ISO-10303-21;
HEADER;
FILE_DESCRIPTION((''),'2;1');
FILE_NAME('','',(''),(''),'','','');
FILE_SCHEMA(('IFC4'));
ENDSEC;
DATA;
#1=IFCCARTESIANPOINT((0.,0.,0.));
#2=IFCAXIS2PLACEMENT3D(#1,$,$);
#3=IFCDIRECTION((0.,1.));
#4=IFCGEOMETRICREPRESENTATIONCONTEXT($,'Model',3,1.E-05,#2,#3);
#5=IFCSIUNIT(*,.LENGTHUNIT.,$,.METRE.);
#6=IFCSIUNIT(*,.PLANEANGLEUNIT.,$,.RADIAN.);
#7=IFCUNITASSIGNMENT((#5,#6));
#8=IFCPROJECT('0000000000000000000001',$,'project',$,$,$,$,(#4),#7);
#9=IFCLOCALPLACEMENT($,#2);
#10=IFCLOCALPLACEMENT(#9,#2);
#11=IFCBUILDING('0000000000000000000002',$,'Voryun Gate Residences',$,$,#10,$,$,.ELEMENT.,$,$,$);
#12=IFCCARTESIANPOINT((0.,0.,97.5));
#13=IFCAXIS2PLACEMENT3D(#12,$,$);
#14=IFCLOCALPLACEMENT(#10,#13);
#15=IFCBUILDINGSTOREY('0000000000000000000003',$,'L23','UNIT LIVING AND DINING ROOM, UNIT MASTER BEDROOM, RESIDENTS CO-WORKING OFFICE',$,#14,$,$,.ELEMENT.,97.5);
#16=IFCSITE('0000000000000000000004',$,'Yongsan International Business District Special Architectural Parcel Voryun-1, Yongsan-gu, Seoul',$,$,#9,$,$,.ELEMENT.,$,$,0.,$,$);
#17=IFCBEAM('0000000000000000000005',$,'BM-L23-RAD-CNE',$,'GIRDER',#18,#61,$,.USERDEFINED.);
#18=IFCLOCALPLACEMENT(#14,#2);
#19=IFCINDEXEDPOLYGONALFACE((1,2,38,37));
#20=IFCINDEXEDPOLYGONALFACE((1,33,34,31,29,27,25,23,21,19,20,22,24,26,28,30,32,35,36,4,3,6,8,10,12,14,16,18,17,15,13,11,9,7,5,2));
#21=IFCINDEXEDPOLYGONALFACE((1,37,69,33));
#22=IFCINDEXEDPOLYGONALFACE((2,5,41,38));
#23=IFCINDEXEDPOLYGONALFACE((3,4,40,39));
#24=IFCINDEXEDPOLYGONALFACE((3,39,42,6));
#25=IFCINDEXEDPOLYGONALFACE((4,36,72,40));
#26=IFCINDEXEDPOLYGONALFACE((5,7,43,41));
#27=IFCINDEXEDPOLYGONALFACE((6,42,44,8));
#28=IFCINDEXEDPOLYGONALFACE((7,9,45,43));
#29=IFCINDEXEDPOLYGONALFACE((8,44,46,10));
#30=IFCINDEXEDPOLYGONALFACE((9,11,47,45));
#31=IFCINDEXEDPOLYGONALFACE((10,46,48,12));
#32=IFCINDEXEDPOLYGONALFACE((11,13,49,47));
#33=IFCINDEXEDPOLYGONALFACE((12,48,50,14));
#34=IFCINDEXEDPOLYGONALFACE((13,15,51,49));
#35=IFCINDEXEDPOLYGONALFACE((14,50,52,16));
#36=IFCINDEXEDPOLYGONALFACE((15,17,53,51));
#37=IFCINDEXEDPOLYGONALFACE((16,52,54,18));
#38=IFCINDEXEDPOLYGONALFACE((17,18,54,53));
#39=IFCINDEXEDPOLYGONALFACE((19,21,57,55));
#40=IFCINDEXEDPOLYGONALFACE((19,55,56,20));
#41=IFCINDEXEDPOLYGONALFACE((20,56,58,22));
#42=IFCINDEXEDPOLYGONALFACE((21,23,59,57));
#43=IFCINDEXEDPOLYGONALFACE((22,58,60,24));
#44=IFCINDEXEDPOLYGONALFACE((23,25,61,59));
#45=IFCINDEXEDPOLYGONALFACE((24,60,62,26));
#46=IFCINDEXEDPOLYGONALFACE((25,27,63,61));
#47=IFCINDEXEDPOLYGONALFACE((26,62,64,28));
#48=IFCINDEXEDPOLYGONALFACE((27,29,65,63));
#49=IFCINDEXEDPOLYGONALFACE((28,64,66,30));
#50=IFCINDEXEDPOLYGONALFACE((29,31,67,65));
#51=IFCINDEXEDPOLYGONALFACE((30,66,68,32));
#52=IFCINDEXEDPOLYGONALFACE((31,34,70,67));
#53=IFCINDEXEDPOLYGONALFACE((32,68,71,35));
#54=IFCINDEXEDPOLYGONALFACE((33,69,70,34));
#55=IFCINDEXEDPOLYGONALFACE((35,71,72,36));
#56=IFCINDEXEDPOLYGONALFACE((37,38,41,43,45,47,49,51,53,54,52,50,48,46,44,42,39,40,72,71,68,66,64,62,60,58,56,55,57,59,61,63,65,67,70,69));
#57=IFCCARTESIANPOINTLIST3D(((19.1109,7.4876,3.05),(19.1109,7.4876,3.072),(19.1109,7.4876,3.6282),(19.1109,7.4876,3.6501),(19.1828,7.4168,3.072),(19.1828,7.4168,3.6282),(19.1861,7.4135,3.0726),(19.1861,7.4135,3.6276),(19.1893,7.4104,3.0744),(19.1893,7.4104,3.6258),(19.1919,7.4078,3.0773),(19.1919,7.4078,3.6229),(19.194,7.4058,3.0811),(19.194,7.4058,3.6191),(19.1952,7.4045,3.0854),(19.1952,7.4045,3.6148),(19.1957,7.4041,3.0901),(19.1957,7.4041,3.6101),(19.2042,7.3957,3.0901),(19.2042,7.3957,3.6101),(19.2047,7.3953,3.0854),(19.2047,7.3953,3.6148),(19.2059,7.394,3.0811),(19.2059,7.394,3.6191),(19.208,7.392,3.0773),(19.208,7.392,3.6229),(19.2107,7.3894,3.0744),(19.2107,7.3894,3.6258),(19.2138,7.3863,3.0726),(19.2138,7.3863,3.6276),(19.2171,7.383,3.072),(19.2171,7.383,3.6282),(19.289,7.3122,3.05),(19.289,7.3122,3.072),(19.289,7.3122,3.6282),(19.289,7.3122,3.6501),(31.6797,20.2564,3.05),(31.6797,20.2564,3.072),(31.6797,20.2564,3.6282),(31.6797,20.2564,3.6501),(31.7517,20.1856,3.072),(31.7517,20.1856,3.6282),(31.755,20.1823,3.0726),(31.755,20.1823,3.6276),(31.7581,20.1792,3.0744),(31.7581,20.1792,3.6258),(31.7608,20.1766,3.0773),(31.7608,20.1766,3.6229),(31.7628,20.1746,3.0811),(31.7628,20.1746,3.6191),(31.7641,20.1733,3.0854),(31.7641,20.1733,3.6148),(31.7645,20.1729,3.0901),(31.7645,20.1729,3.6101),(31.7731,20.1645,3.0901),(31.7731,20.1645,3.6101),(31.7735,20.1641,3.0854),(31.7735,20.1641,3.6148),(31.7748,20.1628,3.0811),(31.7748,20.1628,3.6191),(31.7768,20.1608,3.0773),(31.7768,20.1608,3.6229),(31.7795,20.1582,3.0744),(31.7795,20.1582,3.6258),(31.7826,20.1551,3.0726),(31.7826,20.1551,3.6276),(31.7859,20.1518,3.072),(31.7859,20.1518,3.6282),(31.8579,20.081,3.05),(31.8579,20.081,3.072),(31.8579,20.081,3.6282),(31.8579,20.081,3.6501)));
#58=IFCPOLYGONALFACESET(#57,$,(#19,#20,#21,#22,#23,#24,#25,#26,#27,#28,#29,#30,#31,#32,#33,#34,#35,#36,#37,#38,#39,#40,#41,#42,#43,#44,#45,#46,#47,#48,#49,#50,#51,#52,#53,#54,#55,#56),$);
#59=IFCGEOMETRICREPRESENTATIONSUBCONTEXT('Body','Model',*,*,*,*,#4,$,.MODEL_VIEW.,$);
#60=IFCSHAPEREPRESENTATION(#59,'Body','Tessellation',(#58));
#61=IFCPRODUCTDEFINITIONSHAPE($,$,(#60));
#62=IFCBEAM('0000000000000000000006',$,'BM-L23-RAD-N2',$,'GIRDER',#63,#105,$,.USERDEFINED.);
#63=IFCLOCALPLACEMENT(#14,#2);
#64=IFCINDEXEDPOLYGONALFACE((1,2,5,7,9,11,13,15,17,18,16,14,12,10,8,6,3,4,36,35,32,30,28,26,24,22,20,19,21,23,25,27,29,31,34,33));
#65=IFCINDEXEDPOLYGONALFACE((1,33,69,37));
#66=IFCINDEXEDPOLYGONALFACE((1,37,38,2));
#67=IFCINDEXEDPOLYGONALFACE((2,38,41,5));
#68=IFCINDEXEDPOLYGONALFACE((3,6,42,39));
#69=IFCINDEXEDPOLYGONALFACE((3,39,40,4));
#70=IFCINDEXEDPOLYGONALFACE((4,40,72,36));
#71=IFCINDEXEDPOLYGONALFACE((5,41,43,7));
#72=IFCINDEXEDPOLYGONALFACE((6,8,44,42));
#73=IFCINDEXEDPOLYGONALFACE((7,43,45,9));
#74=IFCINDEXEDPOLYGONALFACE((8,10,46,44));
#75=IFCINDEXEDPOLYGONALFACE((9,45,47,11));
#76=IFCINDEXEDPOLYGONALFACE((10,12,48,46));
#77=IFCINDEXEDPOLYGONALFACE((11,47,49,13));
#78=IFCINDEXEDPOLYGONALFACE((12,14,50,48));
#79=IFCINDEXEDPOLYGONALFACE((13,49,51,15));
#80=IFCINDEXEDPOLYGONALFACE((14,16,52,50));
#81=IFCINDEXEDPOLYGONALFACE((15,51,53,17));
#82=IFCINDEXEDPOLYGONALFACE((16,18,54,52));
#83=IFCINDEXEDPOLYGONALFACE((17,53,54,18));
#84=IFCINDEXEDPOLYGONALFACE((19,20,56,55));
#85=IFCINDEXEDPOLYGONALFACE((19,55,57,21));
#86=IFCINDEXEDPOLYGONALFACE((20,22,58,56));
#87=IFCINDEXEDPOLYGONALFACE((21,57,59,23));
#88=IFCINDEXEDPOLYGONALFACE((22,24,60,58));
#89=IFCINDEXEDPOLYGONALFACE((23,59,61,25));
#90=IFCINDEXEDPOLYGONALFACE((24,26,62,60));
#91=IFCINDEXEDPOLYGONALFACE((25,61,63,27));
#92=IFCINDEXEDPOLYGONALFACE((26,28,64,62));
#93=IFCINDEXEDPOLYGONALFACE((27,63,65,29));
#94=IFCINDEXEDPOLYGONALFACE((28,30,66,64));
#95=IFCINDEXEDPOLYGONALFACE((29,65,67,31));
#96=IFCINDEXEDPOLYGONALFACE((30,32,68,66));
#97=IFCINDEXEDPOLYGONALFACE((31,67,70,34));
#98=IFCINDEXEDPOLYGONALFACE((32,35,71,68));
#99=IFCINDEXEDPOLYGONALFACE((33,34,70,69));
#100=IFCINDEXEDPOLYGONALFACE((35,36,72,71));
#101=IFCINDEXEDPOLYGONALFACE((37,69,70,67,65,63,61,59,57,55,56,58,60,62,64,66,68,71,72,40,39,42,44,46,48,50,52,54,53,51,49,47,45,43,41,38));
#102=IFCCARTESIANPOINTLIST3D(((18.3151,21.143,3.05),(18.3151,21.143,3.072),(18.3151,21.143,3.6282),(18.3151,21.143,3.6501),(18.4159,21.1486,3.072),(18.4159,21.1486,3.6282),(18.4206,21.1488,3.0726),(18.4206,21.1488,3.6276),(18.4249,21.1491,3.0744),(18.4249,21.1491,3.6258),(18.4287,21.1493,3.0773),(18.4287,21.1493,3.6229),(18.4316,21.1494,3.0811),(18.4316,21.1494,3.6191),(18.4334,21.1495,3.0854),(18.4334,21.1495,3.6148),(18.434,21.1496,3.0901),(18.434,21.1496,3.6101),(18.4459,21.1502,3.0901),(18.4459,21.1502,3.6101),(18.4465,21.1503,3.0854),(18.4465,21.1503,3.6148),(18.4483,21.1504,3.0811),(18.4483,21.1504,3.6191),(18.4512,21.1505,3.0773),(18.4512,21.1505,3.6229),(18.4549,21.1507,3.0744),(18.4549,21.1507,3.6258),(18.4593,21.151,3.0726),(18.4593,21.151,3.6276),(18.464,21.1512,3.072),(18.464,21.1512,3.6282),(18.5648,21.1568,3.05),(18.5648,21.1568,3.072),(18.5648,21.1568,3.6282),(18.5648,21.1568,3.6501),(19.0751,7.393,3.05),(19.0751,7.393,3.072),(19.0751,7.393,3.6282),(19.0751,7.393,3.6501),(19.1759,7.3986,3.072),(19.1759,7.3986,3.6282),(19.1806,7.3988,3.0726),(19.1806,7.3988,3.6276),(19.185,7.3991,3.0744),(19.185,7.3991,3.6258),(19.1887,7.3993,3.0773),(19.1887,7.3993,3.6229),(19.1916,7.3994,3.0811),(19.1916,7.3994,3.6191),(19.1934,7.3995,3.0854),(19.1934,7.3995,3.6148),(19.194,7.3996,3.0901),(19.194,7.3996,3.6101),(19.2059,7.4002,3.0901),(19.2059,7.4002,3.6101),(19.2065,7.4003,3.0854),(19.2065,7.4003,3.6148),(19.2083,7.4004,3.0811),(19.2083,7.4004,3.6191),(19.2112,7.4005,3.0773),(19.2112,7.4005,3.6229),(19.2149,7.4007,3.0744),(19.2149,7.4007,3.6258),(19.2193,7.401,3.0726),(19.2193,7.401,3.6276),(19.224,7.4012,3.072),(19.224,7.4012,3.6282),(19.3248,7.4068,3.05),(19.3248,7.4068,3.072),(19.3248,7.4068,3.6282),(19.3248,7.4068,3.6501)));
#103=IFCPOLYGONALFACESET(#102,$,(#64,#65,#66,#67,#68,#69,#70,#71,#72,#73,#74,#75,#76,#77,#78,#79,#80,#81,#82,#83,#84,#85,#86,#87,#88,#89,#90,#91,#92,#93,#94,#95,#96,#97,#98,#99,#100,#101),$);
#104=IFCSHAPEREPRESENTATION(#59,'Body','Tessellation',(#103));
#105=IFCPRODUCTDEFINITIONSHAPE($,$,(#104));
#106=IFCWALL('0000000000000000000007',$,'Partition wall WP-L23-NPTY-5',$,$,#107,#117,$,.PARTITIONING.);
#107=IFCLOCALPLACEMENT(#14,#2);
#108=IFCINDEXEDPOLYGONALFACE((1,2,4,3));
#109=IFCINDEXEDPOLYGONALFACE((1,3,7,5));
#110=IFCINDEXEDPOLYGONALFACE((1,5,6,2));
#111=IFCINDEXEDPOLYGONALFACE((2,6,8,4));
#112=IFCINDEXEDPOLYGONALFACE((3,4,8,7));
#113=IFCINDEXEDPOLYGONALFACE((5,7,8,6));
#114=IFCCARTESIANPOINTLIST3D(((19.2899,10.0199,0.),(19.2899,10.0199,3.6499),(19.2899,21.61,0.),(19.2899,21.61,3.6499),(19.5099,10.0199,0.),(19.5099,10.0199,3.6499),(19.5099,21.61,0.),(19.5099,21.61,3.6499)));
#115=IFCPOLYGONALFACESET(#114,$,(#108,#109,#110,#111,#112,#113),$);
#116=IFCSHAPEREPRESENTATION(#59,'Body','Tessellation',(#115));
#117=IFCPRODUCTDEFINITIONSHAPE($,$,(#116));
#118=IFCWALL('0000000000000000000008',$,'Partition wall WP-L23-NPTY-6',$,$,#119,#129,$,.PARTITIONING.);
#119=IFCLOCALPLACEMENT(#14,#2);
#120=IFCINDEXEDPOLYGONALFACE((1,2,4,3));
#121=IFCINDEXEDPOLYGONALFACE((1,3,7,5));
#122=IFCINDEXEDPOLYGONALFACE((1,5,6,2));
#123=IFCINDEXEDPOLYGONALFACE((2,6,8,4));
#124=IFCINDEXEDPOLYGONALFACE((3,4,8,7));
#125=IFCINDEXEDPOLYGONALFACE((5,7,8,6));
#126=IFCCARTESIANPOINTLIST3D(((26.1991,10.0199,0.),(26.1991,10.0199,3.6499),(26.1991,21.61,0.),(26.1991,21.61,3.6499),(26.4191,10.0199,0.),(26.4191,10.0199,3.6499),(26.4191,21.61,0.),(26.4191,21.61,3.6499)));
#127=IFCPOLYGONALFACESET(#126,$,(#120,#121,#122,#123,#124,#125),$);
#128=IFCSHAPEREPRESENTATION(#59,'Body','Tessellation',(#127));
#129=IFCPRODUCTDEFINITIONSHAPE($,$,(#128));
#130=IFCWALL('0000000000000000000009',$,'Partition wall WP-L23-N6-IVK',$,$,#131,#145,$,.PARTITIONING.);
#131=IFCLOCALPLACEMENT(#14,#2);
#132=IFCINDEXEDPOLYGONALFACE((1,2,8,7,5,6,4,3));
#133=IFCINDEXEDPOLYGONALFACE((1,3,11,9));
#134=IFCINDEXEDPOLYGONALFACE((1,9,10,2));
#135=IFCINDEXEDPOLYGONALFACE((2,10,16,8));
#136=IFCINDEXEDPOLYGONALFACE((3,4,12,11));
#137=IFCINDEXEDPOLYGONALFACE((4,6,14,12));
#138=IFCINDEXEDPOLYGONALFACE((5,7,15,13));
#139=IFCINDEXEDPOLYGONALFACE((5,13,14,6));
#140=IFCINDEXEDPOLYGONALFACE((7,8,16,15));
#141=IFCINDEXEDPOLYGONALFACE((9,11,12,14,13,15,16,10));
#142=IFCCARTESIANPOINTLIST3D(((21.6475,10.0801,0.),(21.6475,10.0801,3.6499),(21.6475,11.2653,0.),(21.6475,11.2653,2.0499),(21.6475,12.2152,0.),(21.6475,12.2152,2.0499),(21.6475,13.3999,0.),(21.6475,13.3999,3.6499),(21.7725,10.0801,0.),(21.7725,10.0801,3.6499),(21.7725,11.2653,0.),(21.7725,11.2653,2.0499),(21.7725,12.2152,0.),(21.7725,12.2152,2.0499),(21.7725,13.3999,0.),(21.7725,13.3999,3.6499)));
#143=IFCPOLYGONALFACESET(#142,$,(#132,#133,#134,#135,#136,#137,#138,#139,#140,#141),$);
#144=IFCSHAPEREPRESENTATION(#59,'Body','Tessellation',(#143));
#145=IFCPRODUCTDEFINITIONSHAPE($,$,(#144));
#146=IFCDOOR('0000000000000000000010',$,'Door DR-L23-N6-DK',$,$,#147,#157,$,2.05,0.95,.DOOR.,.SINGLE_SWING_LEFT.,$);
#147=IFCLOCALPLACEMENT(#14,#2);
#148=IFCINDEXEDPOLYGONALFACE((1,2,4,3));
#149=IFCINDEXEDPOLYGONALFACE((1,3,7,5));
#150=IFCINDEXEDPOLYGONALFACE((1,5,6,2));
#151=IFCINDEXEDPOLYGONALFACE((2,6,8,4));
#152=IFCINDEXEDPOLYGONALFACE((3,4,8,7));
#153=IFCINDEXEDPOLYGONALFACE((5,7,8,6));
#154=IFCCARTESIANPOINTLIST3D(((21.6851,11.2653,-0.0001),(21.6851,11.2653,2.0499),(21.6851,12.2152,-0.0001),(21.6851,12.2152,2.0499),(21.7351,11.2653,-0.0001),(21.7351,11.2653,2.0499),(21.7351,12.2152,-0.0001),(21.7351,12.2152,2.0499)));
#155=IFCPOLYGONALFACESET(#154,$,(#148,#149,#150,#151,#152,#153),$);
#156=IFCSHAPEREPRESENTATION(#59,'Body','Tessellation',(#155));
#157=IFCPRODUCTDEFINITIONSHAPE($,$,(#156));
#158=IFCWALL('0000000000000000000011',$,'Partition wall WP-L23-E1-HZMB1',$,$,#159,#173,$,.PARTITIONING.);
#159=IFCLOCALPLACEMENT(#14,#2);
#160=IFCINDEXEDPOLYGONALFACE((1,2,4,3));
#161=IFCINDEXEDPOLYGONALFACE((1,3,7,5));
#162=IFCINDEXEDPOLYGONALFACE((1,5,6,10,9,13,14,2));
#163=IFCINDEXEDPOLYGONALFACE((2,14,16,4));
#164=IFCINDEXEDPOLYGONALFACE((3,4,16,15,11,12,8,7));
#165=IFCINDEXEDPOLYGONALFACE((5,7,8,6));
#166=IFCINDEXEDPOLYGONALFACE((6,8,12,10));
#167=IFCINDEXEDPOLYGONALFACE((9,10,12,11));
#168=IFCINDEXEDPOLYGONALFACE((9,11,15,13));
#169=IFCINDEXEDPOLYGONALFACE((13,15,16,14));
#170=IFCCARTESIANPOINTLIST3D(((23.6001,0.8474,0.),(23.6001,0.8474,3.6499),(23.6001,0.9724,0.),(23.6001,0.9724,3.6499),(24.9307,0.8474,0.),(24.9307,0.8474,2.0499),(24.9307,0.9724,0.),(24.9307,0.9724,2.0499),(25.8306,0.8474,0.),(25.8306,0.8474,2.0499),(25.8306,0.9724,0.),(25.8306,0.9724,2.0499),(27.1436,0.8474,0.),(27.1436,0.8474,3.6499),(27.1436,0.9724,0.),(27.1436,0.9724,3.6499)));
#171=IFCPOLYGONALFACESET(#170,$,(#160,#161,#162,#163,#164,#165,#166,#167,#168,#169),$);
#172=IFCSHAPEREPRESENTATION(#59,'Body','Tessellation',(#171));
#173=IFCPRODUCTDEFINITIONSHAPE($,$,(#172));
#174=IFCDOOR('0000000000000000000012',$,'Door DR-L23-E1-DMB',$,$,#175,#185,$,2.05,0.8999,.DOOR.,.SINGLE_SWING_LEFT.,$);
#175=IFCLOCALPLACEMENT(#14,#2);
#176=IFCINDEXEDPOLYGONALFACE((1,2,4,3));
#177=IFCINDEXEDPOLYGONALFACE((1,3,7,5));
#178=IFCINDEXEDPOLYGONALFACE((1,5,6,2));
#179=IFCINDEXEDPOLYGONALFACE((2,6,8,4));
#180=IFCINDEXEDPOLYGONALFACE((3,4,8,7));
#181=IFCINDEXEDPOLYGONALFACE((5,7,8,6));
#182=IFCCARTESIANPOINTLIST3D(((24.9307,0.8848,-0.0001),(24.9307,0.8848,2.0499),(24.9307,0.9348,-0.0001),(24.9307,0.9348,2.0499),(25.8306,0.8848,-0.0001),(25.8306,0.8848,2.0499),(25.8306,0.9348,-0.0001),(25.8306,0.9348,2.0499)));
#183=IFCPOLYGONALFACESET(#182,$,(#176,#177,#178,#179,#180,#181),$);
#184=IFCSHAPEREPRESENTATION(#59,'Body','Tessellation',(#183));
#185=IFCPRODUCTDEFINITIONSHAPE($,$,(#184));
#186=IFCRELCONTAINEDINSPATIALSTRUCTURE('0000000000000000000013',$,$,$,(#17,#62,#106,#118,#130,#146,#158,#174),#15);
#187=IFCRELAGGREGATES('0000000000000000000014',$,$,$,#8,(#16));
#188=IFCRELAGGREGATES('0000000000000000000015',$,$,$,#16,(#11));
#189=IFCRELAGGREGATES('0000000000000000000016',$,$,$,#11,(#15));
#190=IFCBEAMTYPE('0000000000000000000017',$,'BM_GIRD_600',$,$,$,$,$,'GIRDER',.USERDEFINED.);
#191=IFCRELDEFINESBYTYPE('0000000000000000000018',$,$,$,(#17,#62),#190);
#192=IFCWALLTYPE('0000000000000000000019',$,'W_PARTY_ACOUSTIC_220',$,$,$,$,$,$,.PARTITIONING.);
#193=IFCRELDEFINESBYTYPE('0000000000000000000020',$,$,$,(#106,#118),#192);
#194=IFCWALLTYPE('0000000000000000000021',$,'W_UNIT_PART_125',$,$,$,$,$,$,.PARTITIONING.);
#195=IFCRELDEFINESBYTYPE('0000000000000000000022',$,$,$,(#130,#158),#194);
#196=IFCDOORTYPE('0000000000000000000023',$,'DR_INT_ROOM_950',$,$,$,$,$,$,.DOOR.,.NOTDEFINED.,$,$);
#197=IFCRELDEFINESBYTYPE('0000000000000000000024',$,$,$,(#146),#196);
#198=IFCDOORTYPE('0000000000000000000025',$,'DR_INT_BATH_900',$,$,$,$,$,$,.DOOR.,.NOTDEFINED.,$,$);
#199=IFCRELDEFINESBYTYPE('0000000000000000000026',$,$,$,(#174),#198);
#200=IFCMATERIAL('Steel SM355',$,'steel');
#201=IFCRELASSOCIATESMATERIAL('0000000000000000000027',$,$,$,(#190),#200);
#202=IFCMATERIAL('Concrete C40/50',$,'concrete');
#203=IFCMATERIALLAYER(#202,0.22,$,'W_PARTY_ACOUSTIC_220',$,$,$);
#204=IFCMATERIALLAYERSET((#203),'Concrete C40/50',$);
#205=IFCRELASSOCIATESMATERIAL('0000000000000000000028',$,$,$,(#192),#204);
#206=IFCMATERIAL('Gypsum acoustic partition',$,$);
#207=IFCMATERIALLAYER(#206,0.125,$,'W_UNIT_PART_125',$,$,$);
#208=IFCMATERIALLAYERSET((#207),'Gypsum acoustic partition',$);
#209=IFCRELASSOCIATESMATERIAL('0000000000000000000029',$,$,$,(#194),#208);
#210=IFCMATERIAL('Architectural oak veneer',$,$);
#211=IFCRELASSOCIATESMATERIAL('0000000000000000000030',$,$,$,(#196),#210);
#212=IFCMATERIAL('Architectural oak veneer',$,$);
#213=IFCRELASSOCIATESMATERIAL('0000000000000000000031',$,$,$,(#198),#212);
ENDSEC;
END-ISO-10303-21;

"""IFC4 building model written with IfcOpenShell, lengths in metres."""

from ifc_helpers import new_model, si_unit, direction, frame, frame_2d, origin, origin_2d, place, context, subcontext, project, spatial, rectangle, i_section, extrude, material, layer, layer_set, material_profile, profile_set, type_object, element, fill, save


model = new_model("IFC4")

# Units and contexts
model_context = context("Model", 3, precision=1e-05, world=origin(), true_north=direction((0.0, 1.0)))
body_context = subcontext(model_context, "Body", "Model", "MODEL_VIEW")
ifc_project = project(units=[si_unit("LENGTHUNIT", "METRE"), si_unit("PLANEANGLEUNIT", "RADIAN")], contexts=[model_context])

# Site, building, storey
site_placement = place(None, origin())
site = spatial("IfcSite", under=ifc_project, at=site_placement, Name="Yongsan International Business District Special Architectural Parcel Voryun-1, Yongsan-gu, Seoul", CompositionType="ELEMENT", RefElevation=0.0)
building_placement = place(site_placement, origin())
building = spatial("IfcBuilding", under=site, at=building_placement, Name="Voryun Gate Residences", CompositionType="ELEMENT")
storey_placement = place(building_placement, frame((0.0, 0.0, 97.5)))
storey = spatial("IfcBuildingStorey", under=building, at=storey_placement, Name="L23", Description="UNIT LIVING AND DINING ROOM, UNIT MASTER BEDROOM, RESIDENTS CO-WORKING OFFICE", CompositionType="ELEMENT", Elevation=97.5)

# Beams
ifc_material_1 = material(Name="Steel SM355", Category="steel")
ifc_material_profile_1 = material_profile(ifc_material_1, i_section(OverallWidth=0.25, OverallDepth=0.6001, WebThickness=0.012, FlangeThickness=0.022, FilletRadius=0.0181, at=origin_2d()), Name="H-600x250x12x22")
ifc_profile_set_1 = profile_set([ifc_material_profile_1], Name="Steel SM355")
beam_type_1 = type_object("IfcBeamType", Name="BM_GIRD_600", ElementType="GIRDER", PredefinedType="USERDEFINED", material=ifc_profile_set_1)
beam_1_placement = place(storey_placement, frame((19.2, 7.3999, 3.3501), z_axis=(0.701505, 0.712665, 0.0), x_axis=(-0.712665, 0.701505, 0.0)))
element("IfcBeam", 1, at=beam_1_placement, inside=storey, type_object=beam_type_1, Name="BM-L23-RAD-CNE", ObjectType="GIRDER", PredefinedType="USERDEFINED", context=body_context, shape_type="SweptSolid", body=[
    extrude(i_section(OverallWidth=0.25, OverallDepth=0.6001, WebThickness=0.012, FlangeThickness=0.022, FilletRadius=0.0181, at=origin_2d()), origin(), (0.0, 0.0, 1.0), 17.917),
])
beam_2_placement = place(storey_placement, frame((19.2, 7.3999, 3.3501), z_axis=(-0.055189, 0.998476, 0.0), x_axis=(-0.998476, -0.055189, 0.0)))
element("IfcBeam", 2, at=beam_2_placement, inside=storey, type_object=beam_type_1, Name="BM-L23-RAD-N2", ObjectType="GIRDER", PredefinedType="USERDEFINED", context=body_context, shape_type="SweptSolid", body=[
    extrude(i_section(OverallWidth=0.25, OverallDepth=0.6001, WebThickness=0.012, FlangeThickness=0.022, FilletRadius=0.0181, at=origin_2d()), origin(), (0.0, 0.0, 1.0), 13.771),
])

# Walls
ifc_material_2 = material(Name="Concrete C40/50", Category="concrete")
ifc_layer_1 = layer(ifc_material_2, 0.22, Name="W_PARTY_ACOUSTIC_220")
ifc_layer_set_1 = layer_set([ifc_layer_1], Name="Concrete C40/50")
wall_type_1 = type_object("IfcWallType", Name="W_PARTY_ACOUSTIC_220", PredefinedType="PARTITIONING", material=ifc_layer_set_1)
for number, where, z_axis, x_axis, name in (
    (3, (19.3999, 10.02, 0.0), (0.0, 0.0, 1.0), (0.0, 1.0, 0.0), "Partition wall WP-L23-NPTY-5"),
    (4, (26.3091, 10.02, 0.0), (0.0, 0.0, 1.0), (0.0, 1.0, 0.0), "Partition wall WP-L23-NPTY-6"),
):
    element("IfcWall", number, at=place(storey_placement, frame(where, z_axis=z_axis, x_axis=x_axis)), inside=storey, type_object=wall_type_1, Name=name, PredefinedType="PARTITIONING", context=body_context, shape_type="SweptSolid", body=[
        extrude(rectangle(XDim=11.5901, YDim=0.22, at=frame_2d((5.7949, 0.0))), origin(), (0.0, 0.0, 1.0), 3.6499),
    ])

# Walls, openings, doors
ifc_material_3 = material(Name="Gypsum acoustic partition")
ifc_layer_2 = layer(ifc_material_3, 0.125, Name="W_UNIT_PART_125")
ifc_layer_set_2 = layer_set([ifc_layer_2], Name="Gypsum acoustic partition")
wall_type_2 = type_object("IfcWallType", Name="W_UNIT_PART_125", PredefinedType="PARTITIONING", material=ifc_layer_set_2)
wall_1_placement = place(storey_placement, frame((21.71, 10.0801, 0.0), z_axis=(0.0, 0.0, 1.0), x_axis=(0.0, 1.0, 0.0)))
wall_1 = element("IfcWall", 5, at=wall_1_placement, inside=storey, type_object=wall_type_2, Name="Partition wall WP-L23-N6-IVK", PredefinedType="PARTITIONING", context=body_context, shape_type="SweptSolid", body=[
    extrude(rectangle(XDim=3.3198, YDim=0.125, at=frame_2d((1.6599, 0.0))), origin(), (0.0, 0.0, 1.0), 3.6499),
])
opening_1_placement = place(wall_1_placement, frame((1.1851, 0.0, 0.0)))
opening_1 = element("IfcOpeningElement", 6, at=opening_1_placement, cuts=wall_1, PredefinedType="OPENING", context=body_context, shape_type="SweptSolid", body=[
    extrude(rectangle(XDim=0.95, YDim=2.05, at=frame_2d((0.4751, 1.0249))), frame((0.0, 0.0725, 0.0), z_axis=(0.0, -1.0, 0.0), x_axis=(1.0, 0.0, 0.0)), (0.0, 0.0, 1.0), 0.145),
])
ifc_material_4 = material(Name="Architectural oak veneer")
door_type_1 = type_object("IfcDoorType", Name="DR_INT_ROOM_950", OperationType="NOTDEFINED", PredefinedType="DOOR", material=ifc_material_4)
door_1_placement = place(opening_1_placement, origin())
door_1 = element("IfcDoor", 7, at=door_1_placement, inside=storey, type_object=door_type_1, Name="Door DR-L23-N6-DK", OperationType="SINGLE_SWING_LEFT", OverallHeight=2.05, OverallWidth=0.95, PredefinedType="DOOR", context=body_context, shape_type="SweptSolid", body=[
    extrude(rectangle(XDim=0.95, YDim=2.05, at=frame_2d((0.4751, 1.0249))), frame((0.0, 0.0249, 0.0), z_axis=(0.0, -1.0, 0.0), x_axis=(1.0, 0.0, 0.0)), (0.0, 0.0, 1.0), 0.05),
])
fill(opening_1, door_1)
wall_2_placement = place(storey_placement, frame((23.6001, 0.9099, 0.0), z_axis=(0.0, 0.0, 1.0), x_axis=(1.0, 0.0, 0.0)))
wall_2 = element("IfcWall", 8, at=wall_2_placement, inside=storey, type_object=wall_type_2, Name="Partition wall WP-L23-E1-HZMB1", PredefinedType="PARTITIONING", context=body_context, shape_type="SweptSolid", body=[
    extrude(rectangle(XDim=3.5435, YDim=0.125, at=frame_2d((1.7717, 0.0))), origin(), (0.0, 0.0, 1.0), 3.6499),
])
opening_2_placement = place(wall_2_placement, frame((1.3306, 0.0, 0.0)))
opening_2 = element("IfcOpeningElement", 9, at=opening_2_placement, cuts=wall_2, PredefinedType="OPENING", context=body_context, shape_type="SweptSolid", body=[
    extrude(rectangle(XDim=0.8999, YDim=2.05, at=frame_2d((0.45, 1.0249))), frame((0.0, 0.0725, 0.0), z_axis=(0.0, -1.0, 0.0), x_axis=(1.0, 0.0, 0.0)), (0.0, 0.0, 1.0), 0.145),
])
ifc_material_5 = material(Name="Architectural oak veneer")
door_type_2 = type_object("IfcDoorType", Name="DR_INT_BATH_900", OperationType="NOTDEFINED", PredefinedType="DOOR", material=ifc_material_5)
door_2_placement = place(opening_2_placement, origin())
door_2 = element("IfcDoor", 10, at=door_2_placement, inside=storey, type_object=door_type_2, Name="Door DR-L23-E1-DMB", OperationType="SINGLE_SWING_LEFT", OverallHeight=2.05, OverallWidth=0.8999, PredefinedType="DOOR", context=body_context, shape_type="SweptSolid", body=[
    extrude(rectangle(XDim=0.8999, YDim=2.05, at=frame_2d((0.45, 1.0249))), frame((0.0, 0.0249, 0.0), z_axis=(0.0, -1.0, 0.0), x_axis=(1.0, 0.0, 0.0)), (0.0, 0.0, 1.0), 0.05),
])
fill(opening_2, door_2)

save(model, "model.ifc")
